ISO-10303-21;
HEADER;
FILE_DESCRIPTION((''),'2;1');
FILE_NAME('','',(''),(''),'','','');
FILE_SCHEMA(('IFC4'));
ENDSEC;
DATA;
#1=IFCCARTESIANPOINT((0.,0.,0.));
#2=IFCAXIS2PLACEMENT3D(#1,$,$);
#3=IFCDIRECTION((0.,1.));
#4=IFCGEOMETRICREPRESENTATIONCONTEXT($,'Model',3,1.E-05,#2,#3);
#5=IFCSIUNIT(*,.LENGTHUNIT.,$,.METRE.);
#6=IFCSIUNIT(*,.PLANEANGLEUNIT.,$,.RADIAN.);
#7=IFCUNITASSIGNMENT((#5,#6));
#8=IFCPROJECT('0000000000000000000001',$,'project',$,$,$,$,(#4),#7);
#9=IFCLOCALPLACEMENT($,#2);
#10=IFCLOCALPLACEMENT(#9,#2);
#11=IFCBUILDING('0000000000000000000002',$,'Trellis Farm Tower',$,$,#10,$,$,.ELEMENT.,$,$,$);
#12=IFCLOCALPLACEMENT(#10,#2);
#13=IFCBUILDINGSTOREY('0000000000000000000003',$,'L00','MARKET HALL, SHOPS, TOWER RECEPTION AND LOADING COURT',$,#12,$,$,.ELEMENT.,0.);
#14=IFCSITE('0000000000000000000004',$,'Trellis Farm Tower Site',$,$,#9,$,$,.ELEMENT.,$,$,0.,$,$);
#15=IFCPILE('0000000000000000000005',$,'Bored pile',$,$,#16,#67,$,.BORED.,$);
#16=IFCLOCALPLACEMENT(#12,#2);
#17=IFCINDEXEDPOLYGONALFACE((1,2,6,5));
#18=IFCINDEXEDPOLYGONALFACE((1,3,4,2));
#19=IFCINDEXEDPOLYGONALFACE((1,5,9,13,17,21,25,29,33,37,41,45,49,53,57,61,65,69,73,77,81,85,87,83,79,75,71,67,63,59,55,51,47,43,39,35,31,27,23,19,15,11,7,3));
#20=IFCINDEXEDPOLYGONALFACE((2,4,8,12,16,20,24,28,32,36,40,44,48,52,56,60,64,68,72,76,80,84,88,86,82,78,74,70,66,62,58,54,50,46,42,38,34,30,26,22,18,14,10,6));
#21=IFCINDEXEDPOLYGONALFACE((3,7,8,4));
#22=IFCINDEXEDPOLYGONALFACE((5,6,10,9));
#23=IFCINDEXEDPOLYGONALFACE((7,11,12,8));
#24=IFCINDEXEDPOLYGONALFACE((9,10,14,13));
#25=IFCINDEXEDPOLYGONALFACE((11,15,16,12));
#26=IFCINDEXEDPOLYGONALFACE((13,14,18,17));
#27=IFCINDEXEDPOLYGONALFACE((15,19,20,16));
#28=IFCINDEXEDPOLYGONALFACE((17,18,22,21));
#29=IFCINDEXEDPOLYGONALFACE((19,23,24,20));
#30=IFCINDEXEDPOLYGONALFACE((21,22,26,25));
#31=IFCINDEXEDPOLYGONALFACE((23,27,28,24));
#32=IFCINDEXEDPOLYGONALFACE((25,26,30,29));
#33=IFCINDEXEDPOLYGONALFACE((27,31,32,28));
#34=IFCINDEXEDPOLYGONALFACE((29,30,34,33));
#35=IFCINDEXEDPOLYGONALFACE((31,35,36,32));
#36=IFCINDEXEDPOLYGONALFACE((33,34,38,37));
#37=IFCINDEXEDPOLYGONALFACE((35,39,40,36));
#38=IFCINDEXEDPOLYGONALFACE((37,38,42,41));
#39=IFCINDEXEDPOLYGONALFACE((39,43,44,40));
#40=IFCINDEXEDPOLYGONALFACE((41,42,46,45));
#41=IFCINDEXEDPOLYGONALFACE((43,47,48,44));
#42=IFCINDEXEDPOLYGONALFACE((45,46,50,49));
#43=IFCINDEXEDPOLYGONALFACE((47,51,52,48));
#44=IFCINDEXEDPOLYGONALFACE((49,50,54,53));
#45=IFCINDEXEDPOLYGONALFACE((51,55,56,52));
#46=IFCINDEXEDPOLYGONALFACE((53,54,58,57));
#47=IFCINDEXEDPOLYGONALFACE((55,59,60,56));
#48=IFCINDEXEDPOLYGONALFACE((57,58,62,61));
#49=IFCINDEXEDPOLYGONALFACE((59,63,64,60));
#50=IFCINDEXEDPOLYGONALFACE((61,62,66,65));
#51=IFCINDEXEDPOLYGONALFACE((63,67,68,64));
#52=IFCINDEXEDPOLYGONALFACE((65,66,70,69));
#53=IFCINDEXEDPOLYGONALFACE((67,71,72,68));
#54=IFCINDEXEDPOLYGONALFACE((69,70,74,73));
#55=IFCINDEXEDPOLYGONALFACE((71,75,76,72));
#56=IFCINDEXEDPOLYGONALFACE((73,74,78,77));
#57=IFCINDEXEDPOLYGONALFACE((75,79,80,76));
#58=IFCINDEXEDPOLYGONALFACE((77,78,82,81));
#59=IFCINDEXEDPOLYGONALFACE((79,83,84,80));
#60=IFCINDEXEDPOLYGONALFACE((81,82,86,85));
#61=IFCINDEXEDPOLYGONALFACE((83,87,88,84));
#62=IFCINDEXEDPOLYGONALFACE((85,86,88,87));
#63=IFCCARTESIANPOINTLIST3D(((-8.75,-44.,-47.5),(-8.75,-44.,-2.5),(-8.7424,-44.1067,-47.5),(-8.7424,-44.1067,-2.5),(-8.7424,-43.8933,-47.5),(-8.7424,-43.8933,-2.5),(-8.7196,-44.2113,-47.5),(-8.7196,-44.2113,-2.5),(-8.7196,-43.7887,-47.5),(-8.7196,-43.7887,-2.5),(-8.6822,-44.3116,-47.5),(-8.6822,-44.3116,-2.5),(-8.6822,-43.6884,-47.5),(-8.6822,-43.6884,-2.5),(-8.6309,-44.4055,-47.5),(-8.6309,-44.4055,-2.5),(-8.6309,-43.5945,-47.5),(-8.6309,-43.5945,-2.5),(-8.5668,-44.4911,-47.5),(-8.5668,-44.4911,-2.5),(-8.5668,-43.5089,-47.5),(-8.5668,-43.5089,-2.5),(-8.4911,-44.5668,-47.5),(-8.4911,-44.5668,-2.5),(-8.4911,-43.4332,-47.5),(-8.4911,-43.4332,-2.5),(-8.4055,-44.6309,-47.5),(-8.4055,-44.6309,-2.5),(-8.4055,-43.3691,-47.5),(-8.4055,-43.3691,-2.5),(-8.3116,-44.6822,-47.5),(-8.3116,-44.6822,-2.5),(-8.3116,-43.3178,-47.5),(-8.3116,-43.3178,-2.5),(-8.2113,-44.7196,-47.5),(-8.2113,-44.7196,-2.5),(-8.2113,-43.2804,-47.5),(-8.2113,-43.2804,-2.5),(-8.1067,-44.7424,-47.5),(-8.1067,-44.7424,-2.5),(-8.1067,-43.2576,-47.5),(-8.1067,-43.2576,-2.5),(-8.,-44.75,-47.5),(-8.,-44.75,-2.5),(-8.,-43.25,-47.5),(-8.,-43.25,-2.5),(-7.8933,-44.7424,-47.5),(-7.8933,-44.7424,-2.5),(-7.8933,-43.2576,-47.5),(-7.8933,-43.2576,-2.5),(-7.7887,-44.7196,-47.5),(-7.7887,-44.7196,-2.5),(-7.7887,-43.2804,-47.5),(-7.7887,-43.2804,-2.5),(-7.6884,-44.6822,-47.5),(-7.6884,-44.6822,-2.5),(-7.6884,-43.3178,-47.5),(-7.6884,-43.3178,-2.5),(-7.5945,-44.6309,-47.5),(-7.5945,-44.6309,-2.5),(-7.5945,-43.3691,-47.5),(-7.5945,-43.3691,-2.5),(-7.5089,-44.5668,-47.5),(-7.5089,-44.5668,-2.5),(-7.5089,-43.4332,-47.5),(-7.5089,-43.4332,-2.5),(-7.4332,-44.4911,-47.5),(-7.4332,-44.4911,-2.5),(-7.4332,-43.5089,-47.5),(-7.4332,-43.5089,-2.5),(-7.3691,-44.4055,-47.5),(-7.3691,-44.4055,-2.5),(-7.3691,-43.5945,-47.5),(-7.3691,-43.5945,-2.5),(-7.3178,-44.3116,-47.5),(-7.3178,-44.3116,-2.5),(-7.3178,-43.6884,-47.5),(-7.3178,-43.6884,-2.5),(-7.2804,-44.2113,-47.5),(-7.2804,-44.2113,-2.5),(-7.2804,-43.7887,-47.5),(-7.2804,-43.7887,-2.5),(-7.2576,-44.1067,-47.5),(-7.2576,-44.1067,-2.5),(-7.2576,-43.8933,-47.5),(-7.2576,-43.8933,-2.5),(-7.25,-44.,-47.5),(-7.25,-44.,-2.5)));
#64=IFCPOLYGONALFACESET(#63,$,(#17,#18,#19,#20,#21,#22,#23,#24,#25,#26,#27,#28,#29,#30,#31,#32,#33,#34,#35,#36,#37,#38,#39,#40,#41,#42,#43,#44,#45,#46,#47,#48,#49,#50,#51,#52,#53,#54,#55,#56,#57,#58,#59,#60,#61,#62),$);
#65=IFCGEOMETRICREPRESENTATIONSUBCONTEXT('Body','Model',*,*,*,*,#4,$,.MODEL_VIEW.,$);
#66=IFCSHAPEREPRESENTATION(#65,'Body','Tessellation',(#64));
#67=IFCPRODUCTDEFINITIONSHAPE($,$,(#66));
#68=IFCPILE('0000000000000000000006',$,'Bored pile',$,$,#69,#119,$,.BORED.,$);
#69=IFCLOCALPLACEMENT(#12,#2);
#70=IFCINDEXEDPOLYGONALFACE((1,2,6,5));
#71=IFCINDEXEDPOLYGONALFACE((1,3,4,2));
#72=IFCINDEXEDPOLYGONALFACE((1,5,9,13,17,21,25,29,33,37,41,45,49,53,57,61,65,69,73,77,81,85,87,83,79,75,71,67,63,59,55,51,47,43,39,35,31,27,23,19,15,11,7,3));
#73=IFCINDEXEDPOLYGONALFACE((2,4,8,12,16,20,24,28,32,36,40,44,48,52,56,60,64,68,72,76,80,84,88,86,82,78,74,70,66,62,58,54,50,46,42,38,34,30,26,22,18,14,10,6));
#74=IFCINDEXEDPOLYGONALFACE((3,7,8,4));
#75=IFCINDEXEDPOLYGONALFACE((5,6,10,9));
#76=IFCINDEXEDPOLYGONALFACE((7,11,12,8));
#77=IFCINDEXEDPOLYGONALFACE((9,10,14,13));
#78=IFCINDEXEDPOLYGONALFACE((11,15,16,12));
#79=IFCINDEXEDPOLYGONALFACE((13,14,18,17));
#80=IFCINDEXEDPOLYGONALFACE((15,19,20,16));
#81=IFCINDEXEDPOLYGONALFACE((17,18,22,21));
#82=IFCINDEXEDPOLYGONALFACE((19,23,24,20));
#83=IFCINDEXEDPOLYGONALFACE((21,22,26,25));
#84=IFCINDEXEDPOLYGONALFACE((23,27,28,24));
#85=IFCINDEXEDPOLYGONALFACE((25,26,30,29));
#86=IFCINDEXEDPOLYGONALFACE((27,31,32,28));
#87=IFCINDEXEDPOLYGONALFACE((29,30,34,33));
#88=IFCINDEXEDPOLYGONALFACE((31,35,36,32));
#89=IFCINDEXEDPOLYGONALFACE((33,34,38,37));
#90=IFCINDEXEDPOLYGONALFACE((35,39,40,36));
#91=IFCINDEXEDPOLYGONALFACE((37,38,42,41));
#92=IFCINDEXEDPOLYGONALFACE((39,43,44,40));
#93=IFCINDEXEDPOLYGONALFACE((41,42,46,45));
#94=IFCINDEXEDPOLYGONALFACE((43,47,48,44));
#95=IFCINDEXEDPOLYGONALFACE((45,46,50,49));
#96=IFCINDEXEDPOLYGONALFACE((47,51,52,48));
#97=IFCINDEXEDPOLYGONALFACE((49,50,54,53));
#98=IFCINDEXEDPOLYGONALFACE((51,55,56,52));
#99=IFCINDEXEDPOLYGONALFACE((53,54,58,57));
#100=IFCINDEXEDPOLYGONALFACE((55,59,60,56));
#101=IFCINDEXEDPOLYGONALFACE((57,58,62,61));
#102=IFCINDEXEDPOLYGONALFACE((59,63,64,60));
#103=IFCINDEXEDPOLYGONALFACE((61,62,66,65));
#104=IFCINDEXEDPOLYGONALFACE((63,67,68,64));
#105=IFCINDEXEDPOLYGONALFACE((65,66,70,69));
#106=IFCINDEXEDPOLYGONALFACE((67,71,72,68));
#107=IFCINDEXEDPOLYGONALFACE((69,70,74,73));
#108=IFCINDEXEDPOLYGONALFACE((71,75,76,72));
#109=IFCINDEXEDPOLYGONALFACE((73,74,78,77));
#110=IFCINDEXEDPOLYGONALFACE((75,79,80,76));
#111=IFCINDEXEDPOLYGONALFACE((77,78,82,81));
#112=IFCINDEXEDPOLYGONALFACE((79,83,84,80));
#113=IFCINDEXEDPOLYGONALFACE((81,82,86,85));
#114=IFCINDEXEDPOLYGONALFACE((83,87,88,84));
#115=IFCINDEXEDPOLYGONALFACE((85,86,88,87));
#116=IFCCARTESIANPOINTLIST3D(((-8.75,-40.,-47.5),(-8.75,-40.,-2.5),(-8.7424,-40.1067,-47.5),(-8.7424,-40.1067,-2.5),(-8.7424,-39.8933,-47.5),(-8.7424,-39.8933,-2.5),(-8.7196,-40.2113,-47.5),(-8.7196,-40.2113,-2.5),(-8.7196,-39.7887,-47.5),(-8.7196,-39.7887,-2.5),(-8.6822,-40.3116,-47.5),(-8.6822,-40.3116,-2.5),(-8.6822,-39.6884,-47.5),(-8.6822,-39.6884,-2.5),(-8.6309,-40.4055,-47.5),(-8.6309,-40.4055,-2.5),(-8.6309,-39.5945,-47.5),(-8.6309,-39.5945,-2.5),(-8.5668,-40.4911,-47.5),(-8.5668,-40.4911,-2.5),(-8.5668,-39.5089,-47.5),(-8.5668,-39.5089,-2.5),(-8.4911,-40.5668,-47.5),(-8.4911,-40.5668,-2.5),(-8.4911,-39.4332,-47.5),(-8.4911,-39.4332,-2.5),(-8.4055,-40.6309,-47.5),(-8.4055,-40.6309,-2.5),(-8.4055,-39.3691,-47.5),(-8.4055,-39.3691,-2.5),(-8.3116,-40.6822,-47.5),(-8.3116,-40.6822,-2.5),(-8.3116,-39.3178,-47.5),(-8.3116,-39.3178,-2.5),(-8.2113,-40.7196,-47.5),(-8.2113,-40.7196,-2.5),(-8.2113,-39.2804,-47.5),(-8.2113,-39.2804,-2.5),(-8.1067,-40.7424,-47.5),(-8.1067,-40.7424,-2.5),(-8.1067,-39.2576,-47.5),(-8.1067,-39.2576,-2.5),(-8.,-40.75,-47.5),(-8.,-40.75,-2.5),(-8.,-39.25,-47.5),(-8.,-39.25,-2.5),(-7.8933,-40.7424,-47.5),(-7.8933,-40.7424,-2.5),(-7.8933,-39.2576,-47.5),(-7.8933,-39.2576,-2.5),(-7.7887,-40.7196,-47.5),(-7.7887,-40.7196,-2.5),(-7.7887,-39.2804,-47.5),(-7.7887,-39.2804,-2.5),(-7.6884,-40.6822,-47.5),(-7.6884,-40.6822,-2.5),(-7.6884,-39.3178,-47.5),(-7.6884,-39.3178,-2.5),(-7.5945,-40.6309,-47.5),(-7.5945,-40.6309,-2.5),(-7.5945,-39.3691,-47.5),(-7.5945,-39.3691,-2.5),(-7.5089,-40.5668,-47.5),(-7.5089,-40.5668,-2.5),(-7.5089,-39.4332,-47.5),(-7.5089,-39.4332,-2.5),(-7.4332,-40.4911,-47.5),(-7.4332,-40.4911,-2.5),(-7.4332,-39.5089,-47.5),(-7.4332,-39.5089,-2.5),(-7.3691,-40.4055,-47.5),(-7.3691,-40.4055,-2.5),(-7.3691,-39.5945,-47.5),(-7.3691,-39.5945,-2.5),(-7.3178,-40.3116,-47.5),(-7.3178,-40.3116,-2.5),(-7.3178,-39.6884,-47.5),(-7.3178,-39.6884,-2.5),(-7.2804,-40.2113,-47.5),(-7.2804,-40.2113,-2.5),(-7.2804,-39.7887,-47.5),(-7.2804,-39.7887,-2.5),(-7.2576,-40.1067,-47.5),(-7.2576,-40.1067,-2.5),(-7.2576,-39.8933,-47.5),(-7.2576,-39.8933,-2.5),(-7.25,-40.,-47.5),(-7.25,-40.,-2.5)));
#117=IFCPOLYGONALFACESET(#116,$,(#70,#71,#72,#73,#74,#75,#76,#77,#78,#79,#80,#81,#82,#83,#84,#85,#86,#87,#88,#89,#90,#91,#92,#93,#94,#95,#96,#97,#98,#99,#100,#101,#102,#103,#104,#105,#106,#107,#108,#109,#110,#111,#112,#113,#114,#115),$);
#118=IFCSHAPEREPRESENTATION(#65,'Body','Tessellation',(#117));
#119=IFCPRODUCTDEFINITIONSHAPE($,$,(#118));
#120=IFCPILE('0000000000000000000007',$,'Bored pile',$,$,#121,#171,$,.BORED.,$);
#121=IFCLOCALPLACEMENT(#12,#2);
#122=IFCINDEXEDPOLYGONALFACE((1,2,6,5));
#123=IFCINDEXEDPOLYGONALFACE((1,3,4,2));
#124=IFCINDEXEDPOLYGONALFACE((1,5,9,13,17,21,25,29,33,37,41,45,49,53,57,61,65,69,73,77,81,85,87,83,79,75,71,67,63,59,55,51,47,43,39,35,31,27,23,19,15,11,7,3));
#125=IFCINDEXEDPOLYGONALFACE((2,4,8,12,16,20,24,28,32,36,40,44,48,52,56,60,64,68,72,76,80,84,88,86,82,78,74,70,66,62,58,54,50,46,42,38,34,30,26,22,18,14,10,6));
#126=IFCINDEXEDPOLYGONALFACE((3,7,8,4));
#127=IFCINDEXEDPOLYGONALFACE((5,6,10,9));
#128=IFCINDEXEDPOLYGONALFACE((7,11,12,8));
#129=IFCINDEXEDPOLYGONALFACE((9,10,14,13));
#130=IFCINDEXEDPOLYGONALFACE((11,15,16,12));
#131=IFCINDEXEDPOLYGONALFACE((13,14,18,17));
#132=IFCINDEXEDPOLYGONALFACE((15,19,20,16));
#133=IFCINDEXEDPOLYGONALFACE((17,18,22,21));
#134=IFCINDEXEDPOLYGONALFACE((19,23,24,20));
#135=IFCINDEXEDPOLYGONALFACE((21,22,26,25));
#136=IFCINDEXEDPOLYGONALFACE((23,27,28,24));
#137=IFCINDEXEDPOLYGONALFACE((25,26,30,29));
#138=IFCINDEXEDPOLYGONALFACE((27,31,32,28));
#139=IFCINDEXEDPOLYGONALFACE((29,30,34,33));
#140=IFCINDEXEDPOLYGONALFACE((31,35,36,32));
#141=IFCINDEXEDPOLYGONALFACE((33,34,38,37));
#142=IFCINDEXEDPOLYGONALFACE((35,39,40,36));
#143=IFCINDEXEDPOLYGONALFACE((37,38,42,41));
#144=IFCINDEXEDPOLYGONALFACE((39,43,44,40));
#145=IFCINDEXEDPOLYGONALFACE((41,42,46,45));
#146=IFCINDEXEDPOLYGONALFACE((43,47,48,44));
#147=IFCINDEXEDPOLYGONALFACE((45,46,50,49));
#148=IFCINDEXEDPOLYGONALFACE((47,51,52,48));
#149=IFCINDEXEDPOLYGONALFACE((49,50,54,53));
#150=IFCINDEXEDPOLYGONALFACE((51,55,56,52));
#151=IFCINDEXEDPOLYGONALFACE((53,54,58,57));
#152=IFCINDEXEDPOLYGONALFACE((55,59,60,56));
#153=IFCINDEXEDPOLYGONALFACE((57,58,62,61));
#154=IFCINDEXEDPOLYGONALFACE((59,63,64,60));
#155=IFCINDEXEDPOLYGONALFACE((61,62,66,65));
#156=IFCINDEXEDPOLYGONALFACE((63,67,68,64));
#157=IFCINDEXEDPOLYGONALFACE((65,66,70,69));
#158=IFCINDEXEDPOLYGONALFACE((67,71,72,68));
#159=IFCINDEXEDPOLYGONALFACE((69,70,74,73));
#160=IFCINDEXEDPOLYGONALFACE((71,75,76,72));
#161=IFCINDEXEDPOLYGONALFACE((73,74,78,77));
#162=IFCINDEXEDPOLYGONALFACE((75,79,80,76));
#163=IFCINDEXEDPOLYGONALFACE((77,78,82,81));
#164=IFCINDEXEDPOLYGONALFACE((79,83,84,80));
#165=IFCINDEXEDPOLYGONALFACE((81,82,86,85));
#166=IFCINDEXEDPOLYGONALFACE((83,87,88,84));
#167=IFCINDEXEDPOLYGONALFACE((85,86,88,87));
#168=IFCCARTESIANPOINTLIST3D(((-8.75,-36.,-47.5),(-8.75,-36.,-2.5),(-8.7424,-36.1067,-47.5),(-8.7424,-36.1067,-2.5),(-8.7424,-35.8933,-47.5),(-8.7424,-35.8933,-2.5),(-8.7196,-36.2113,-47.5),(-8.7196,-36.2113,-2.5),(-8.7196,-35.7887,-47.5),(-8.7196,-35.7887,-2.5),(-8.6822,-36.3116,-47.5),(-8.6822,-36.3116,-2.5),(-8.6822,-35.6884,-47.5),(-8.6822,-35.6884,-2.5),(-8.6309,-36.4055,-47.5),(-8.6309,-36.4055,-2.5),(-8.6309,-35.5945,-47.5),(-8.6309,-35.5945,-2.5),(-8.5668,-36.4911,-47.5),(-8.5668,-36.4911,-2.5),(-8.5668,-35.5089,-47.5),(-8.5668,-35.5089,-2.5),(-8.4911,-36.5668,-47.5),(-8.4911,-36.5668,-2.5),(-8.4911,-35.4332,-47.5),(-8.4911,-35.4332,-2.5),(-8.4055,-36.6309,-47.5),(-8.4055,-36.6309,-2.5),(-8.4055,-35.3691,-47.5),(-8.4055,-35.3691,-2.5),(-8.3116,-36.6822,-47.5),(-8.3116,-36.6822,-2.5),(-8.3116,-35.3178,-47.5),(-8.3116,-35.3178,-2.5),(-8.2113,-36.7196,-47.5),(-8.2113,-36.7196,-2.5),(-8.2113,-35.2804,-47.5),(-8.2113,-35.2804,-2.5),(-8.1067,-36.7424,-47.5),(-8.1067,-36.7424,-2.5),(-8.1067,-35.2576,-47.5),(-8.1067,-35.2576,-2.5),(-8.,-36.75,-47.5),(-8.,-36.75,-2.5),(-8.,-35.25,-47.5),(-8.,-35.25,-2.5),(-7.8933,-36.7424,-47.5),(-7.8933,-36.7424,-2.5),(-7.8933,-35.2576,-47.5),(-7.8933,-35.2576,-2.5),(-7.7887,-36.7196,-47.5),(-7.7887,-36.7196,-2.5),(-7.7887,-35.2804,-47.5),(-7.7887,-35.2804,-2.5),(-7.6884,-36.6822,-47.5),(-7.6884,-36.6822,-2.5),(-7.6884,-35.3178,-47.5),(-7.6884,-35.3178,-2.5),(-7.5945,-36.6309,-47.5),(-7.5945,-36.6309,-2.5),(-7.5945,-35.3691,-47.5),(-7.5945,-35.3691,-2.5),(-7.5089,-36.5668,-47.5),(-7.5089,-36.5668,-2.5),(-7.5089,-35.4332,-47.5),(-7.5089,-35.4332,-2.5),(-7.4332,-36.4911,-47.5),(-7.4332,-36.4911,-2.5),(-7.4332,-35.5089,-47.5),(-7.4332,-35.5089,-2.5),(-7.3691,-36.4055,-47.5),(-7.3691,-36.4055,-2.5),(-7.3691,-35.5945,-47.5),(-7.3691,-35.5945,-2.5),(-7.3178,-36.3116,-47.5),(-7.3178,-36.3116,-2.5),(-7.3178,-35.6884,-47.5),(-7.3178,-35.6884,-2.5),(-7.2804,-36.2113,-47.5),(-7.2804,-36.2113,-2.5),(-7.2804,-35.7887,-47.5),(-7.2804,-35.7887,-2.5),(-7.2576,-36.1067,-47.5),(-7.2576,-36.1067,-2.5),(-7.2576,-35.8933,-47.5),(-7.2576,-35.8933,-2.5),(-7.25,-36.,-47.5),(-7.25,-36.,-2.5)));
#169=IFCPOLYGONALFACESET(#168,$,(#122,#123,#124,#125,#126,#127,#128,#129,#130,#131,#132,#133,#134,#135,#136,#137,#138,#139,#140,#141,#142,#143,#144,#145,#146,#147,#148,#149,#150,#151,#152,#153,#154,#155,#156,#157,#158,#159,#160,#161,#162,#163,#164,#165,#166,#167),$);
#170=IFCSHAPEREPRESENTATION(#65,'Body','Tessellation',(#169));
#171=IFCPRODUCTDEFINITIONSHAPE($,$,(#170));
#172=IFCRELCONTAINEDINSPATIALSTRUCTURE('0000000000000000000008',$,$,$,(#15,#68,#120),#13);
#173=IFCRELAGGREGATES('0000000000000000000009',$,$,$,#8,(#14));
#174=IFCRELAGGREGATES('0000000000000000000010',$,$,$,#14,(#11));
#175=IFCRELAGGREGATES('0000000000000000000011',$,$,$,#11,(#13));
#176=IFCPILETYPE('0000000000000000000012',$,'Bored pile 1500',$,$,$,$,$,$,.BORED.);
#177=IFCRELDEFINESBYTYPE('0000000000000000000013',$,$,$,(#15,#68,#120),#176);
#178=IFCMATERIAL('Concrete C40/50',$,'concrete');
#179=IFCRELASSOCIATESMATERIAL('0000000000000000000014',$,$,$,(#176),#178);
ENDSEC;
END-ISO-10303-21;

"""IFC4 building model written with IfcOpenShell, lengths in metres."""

from ifc_helpers import new_model, si_unit, direction, frame, origin, origin_2d, place, context, subcontext, project, spatial, circle, extrude, source, transform, mapped, material, material_profile, profile_set, type_object, element, save


model = new_model("IFC4")

# Units and contexts
model_context = context("Model", 3, precision=1e-05, world=origin(), true_north=direction((0.0, 1.0)))
body_context = subcontext(model_context, "Body", "Model", "MODEL_VIEW")
ifc_project = project(units=[si_unit("LENGTHUNIT", "METRE"), si_unit("PLANEANGLEUNIT", "RADIAN")], contexts=[model_context])

# Site, building, storey
site_placement = place(None, origin())
site = spatial("IfcSite", under=ifc_project, at=site_placement, Name="Trellis Farm Tower Site", CompositionType="ELEMENT", RefElevation=0.0)
building_placement = place(site_placement, origin())
building = spatial("IfcBuilding", under=site, at=building_placement, Name="Trellis Farm Tower", CompositionType="ELEMENT")
storey_placement = place(building_placement, origin())
storey = spatial("IfcBuildingStorey", under=building, at=storey_placement, Name="L00", Description="MARKET HALL, SHOPS, TOWER RECEPTION AND LOADING COURT", CompositionType="ELEMENT", Elevation=0.0)

# Piles
ifc_material_1 = material(Name="Concrete C40/50", Category="concrete")
ifc_material_profile_1 = material_profile(ifc_material_1, circle(Radius=0.75, at=origin_2d()), Name="Bored pile 1500")
ifc_profile_set_1 = profile_set([ifc_material_profile_1], Name="Concrete C40/50")
pile_type = type_object("IfcPileType", Name="Bored pile 1500", PredefinedType="BORED", material=ifc_profile_set_1)
shared_shape_1 = source(origin(), body_context, "Body", "SweptSolid", [
    extrude(circle(Radius=0.75, at=origin_2d()), origin(), (0.0, 0.0, 1.0), 45.0),
])
for number, where, z_axis, x_axis, name in (
    (1, (-8.0, -44.0, -2.5), (0.0, 0.0, -1.0), (1.0, 0.0, 0.0), "Bored pile"),
    (2, (-8.0, -40.0, -2.5), (0.0, 0.0, -1.0), (1.0, 0.0, 0.0), "Bored pile"),
    (3, (-8.0, -36.0, -2.5), (0.0, 0.0, -1.0), (1.0, 0.0, 0.0), "Bored pile"),
):
    element("IfcPile", number, at=place(storey_placement, frame(where, z_axis=z_axis, x_axis=x_axis)), inside=storey, type_object=pile_type, Name=name, PredefinedType="BORED", context=body_context, shape_type="MappedRepresentation", body=[
        mapped(shared_shape_1, transform((0.0, 0.0, 0.0))),
    ])

save(model, "model.ifc")
